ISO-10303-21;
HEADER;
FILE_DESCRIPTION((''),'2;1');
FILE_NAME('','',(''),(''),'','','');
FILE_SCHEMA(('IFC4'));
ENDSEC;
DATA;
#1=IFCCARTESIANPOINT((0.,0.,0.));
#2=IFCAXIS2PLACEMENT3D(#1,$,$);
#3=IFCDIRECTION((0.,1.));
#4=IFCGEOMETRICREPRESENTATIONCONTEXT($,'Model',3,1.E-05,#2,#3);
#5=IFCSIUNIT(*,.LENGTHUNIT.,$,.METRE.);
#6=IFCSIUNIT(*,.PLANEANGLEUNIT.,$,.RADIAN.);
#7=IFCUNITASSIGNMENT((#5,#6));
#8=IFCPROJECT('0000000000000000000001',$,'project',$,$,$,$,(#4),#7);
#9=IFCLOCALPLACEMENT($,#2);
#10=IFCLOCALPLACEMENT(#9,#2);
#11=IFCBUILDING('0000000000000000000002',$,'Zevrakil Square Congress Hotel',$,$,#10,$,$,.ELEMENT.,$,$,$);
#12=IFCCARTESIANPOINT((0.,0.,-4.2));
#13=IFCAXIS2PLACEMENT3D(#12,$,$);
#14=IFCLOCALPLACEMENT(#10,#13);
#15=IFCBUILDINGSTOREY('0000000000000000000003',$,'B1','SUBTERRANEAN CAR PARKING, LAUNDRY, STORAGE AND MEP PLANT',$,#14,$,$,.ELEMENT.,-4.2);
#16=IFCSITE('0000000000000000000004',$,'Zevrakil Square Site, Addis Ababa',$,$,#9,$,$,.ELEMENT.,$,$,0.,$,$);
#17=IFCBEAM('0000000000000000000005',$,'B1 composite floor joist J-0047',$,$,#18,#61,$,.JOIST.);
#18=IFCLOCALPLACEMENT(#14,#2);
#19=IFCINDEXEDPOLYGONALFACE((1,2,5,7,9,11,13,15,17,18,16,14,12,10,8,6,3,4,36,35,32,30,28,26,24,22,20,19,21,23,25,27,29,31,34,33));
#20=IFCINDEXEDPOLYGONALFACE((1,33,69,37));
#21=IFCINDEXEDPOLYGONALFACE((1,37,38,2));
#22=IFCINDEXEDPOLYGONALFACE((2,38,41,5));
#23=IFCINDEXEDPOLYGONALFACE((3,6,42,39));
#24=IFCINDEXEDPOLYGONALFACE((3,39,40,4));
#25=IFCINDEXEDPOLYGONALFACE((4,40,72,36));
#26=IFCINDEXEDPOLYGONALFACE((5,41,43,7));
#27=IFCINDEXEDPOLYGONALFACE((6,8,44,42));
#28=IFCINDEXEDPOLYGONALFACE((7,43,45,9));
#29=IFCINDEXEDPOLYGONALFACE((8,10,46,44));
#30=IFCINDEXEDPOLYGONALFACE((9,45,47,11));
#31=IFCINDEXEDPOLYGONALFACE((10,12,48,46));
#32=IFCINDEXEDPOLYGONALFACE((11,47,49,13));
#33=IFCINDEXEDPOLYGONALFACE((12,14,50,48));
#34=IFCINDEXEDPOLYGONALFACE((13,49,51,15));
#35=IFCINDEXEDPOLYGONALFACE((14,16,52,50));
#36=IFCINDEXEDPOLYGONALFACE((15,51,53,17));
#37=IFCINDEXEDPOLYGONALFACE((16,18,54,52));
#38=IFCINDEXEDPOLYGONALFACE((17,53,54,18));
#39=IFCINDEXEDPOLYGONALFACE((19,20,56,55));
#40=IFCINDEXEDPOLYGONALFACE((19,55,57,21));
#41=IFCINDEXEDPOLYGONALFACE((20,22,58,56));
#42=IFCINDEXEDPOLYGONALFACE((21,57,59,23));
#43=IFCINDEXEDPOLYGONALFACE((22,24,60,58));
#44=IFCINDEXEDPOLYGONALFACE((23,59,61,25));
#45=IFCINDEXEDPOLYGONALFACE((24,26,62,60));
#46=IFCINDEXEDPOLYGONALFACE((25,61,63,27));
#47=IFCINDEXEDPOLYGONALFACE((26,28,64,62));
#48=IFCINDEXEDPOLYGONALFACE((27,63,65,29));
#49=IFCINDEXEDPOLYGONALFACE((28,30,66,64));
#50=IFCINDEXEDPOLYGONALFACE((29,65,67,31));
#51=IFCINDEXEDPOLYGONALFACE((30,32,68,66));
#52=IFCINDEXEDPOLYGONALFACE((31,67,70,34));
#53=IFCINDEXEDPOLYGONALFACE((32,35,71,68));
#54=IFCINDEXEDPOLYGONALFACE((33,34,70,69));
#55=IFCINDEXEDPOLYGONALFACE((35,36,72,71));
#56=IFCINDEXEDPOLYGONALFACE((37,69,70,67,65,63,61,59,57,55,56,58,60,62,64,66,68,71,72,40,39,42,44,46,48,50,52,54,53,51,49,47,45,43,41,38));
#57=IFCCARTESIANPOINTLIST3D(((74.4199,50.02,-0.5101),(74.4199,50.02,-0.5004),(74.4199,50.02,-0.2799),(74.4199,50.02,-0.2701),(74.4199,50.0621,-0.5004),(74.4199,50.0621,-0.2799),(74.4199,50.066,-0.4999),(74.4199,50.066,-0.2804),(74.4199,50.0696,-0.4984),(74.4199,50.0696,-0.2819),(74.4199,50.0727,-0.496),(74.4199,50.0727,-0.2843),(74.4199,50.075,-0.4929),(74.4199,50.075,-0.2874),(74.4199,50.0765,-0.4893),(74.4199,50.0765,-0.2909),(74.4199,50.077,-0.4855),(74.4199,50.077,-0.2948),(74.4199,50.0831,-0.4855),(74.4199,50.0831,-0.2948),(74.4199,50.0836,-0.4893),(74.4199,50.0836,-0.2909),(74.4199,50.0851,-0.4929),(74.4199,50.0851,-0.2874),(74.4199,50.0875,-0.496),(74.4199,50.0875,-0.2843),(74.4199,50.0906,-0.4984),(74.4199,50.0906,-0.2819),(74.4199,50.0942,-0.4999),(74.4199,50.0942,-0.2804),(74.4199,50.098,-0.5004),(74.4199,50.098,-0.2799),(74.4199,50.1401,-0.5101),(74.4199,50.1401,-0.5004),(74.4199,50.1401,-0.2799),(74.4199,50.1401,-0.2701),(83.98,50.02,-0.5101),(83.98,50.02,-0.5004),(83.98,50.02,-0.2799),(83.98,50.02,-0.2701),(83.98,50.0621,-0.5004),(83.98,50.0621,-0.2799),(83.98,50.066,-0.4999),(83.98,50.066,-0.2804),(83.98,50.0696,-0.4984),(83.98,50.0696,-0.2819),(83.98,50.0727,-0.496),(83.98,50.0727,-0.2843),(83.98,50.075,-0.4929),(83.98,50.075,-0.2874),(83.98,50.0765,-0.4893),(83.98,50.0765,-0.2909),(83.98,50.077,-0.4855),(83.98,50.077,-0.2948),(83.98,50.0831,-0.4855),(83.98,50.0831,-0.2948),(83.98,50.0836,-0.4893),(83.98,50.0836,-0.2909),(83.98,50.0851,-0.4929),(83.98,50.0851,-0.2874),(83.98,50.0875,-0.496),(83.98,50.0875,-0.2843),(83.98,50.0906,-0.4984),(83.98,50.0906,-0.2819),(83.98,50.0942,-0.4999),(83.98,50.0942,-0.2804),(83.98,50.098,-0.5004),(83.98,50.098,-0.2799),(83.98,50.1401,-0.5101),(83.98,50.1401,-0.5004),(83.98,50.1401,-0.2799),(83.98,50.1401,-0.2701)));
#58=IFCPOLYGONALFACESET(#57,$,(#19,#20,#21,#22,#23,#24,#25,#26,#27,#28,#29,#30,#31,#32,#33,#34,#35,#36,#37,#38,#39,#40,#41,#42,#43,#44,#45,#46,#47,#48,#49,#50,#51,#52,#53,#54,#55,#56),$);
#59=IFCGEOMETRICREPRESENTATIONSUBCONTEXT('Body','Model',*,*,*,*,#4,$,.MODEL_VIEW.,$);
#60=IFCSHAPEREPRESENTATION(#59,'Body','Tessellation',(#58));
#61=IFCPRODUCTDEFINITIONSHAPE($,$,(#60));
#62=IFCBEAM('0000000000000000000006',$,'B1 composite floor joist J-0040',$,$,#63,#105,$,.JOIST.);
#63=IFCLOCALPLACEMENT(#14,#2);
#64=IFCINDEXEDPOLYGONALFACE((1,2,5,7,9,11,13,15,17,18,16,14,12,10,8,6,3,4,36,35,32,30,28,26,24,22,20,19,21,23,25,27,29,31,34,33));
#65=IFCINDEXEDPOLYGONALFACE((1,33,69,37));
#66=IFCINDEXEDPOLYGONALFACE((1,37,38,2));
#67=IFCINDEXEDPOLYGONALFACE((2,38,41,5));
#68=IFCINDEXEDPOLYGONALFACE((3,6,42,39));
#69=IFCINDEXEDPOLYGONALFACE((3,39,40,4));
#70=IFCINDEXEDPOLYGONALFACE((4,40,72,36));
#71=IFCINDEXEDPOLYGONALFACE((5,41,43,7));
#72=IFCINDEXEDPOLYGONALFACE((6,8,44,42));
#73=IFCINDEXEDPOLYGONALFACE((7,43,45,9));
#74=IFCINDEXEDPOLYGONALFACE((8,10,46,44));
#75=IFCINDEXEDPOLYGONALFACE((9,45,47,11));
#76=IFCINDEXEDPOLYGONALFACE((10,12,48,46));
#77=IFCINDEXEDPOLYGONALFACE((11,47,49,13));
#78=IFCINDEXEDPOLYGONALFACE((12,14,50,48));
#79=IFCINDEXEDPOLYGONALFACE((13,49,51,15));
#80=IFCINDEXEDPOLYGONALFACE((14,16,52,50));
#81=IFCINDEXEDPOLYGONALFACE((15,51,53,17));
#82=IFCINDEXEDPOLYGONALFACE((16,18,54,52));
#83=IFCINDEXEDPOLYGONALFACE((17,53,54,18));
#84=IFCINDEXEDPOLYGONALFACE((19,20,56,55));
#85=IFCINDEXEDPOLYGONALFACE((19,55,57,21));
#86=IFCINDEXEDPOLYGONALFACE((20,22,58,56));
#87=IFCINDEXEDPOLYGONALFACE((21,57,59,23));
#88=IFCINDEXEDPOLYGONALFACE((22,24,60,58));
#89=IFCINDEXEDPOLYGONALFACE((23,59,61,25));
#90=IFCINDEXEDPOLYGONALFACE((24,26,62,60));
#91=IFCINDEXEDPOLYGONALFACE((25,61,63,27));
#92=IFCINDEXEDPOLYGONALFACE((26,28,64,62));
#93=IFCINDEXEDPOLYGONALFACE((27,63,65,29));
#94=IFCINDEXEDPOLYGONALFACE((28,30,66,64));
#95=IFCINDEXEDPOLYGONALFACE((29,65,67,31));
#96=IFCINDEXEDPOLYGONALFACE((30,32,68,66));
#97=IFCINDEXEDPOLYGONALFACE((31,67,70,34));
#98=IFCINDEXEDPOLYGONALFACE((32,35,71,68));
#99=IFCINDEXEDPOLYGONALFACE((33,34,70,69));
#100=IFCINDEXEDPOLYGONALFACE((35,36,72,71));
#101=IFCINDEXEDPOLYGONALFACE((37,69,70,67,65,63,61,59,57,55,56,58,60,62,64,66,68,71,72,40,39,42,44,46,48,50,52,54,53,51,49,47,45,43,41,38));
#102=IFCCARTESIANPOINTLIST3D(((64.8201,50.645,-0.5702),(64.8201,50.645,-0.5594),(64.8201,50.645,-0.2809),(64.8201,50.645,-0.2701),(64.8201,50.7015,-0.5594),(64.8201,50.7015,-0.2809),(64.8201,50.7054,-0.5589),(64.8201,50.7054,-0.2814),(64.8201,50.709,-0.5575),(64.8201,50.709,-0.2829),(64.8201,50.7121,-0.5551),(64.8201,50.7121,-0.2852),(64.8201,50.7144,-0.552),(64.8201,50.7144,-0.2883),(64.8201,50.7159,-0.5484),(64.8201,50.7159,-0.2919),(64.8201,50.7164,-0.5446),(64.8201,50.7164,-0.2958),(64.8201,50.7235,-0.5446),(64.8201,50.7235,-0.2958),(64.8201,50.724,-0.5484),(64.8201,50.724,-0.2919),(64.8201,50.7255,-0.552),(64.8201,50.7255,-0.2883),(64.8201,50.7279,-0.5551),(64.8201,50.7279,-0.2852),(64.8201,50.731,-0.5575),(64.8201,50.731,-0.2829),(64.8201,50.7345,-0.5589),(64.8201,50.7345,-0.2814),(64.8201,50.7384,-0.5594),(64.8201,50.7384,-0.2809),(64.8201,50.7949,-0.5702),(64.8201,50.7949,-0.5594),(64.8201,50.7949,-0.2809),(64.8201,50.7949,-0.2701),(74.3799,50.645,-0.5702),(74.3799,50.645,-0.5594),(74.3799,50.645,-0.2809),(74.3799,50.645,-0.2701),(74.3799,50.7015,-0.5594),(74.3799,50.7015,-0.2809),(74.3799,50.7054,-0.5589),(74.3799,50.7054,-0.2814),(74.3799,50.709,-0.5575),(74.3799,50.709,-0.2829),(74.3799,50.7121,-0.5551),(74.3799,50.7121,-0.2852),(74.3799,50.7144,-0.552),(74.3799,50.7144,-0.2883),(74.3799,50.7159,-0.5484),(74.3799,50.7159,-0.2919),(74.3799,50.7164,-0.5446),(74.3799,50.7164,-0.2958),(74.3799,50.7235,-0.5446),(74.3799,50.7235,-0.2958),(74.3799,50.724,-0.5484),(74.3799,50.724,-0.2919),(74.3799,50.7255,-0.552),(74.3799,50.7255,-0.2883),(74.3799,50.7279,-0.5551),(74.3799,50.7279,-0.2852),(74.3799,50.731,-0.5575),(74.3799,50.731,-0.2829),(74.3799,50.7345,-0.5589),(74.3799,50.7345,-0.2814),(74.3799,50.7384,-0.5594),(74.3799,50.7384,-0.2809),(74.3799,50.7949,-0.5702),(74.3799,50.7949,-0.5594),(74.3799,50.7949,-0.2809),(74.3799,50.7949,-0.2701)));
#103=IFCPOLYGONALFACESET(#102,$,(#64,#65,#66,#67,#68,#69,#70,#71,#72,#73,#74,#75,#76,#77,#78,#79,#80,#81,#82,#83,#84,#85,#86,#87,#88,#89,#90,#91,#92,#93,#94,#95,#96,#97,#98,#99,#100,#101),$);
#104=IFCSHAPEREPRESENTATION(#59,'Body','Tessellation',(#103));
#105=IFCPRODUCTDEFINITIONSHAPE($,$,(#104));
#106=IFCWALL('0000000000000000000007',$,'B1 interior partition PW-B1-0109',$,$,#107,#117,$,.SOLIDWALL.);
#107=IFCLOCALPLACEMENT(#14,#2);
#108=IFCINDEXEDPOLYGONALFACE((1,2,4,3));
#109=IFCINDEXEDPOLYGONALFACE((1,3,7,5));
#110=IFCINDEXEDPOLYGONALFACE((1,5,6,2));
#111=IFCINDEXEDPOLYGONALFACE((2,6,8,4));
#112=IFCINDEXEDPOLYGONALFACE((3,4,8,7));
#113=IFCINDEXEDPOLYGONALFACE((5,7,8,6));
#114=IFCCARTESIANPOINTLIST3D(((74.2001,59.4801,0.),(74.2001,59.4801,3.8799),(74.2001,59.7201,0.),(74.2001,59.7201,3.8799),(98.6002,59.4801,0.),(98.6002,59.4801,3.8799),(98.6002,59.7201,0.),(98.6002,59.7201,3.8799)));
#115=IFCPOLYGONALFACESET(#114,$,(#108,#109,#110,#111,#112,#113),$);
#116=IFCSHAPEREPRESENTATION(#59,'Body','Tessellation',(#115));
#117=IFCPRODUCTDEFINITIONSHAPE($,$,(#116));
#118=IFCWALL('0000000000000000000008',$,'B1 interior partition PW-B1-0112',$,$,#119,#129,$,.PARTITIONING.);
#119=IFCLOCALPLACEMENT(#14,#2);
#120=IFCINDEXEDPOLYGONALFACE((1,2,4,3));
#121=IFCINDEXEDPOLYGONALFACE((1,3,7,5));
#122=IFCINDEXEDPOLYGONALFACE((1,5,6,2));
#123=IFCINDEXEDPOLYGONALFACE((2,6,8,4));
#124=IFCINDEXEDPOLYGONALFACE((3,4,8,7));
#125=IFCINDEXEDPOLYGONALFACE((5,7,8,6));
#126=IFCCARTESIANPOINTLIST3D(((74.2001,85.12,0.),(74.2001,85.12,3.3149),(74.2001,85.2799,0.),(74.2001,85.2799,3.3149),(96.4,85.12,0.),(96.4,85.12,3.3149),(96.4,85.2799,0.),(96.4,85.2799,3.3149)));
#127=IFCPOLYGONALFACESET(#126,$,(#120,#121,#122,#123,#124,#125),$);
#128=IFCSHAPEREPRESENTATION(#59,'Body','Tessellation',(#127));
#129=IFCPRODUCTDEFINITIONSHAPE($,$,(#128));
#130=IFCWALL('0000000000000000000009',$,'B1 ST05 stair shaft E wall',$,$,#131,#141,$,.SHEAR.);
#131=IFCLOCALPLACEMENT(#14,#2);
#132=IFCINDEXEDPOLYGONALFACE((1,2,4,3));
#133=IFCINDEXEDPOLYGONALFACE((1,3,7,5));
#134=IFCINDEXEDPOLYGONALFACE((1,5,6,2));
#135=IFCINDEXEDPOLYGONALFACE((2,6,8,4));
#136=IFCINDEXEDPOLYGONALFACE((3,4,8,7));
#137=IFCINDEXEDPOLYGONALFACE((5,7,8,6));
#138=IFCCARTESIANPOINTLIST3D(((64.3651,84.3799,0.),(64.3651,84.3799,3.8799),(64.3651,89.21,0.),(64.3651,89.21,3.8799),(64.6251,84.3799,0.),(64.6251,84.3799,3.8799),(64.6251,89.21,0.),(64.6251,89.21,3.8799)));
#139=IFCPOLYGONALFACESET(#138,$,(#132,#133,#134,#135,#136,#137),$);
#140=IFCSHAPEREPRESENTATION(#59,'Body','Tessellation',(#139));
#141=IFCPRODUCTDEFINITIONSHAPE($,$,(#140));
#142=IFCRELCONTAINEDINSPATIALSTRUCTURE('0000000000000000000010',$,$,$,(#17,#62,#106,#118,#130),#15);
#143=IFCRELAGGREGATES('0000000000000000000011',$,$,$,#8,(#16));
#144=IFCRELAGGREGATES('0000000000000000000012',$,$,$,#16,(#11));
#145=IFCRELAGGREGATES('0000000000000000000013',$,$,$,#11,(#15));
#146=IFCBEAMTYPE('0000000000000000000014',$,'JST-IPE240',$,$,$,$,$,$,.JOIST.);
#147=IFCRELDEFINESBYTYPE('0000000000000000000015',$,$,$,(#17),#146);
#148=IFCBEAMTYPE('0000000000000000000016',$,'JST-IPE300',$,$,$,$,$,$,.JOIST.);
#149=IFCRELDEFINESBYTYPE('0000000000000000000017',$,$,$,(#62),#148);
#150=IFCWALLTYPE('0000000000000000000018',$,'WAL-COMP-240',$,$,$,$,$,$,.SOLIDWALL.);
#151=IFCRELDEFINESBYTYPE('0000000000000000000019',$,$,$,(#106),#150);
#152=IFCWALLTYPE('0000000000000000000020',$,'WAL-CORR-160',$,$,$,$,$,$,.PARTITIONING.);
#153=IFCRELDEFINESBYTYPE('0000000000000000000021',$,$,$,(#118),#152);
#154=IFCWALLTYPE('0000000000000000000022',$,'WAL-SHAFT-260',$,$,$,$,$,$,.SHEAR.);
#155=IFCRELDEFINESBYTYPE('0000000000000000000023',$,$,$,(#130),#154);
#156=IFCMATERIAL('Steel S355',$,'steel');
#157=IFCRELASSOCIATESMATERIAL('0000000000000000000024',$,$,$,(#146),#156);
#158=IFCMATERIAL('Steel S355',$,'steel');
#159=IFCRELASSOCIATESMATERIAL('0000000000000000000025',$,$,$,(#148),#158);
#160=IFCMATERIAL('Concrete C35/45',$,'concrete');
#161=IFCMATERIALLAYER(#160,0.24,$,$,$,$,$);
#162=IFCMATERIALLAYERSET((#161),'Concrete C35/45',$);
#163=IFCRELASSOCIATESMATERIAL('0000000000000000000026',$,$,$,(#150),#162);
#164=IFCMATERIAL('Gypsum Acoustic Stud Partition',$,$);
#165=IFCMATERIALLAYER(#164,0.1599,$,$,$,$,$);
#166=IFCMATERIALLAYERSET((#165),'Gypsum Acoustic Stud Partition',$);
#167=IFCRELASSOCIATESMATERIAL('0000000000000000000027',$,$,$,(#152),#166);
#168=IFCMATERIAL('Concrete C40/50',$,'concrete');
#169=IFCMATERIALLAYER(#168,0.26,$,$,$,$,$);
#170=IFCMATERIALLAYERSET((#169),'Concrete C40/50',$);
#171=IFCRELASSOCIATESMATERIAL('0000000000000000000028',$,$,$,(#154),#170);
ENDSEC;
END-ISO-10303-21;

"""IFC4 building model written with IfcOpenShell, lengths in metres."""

from ifc_helpers import new_model, si_unit, direction, frame, frame_2d, origin, origin_2d, place, context, subcontext, project, spatial, rectangle, i_section, extrude, material, layer, layer_set, material_profile, profile_set, type_object, element, save


model = new_model("IFC4")

# Units and contexts
model_context = context("Model", 3, precision=1e-05, world=origin(), true_north=direction((0.0, 1.0)))
body_context = subcontext(model_context, "Body", "Model", "MODEL_VIEW")
ifc_project = project(units=[si_unit("LENGTHUNIT", "METRE"), si_unit("PLANEANGLEUNIT", "RADIAN")], contexts=[model_context])

# Site, building, storey
site_placement = place(None, origin())
site = spatial("IfcSite", under=ifc_project, at=site_placement, Name="Zevrakil Square Site, Addis Ababa", CompositionType="ELEMENT", RefElevation=0.0)
building_placement = place(site_placement, origin())
building = spatial("IfcBuilding", under=site, at=building_placement, Name="Zevrakil Square Congress Hotel", CompositionType="ELEMENT")
storey_placement = place(building_placement, frame((0.0, 0.0, -4.2)))
storey = spatial("IfcBuildingStorey", under=building, at=storey_placement, Name="B1", Description="SUBTERRANEAN CAR PARKING, LAUNDRY, STORAGE AND MEP PLANT", CompositionType="ELEMENT", Elevation=-4.2)

# Beams
ifc_material_1 = material(Name="Steel S355", Category="steel")
ifc_material_profile_1 = material_profile(ifc_material_1, i_section(OverallWidth=0.1201, OverallDepth=0.24, WebThickness=0.0061, FlangeThickness=0.0098, FilletRadius=0.0149, at=origin_2d()), Name="IPE 240")
ifc_profile_set_1 = profile_set([ifc_material_profile_1], Name="Steel S355")
beam_type_1 = type_object("IfcBeamType", Name="JST-IPE240", PredefinedType="JOIST", material=ifc_profile_set_1)
beam_1_placement = place(storey_placement, frame((74.4199, 50.0801, -0.3901), z_axis=(1.0, 0.0, 0.0), x_axis=(0.0, 1.0, 0.0)))
element("IfcBeam", 1, at=beam_1_placement, inside=storey, type_object=beam_type_1, Name="B1 composite floor joist J-0047", PredefinedType="JOIST", context=body_context, shape_type="SweptSolid", body=[
    extrude(i_section(OverallWidth=0.1201, OverallDepth=0.24, WebThickness=0.0061, FlangeThickness=0.0098, FilletRadius=0.0149, at=origin_2d()), origin(), (0.0, 0.0, 1.0), 9.5601),
])
ifc_material_2 = material(Name="Steel S355", Category="steel")
ifc_material_profile_2 = material_profile(ifc_material_2, i_section(OverallWidth=0.1499, OverallDepth=0.3, WebThickness=0.0071, FlangeThickness=0.0107, FilletRadius=0.0149, at=origin_2d()), Name="IPE 300")
ifc_profile_set_2 = profile_set([ifc_material_profile_2], Name="Steel S355")
beam_type_2 = type_object("IfcBeamType", Name="JST-IPE300", PredefinedType="JOIST", material=ifc_profile_set_2)
beam_2_placement = place(storey_placement, frame((64.8201, 50.72, -0.4202), z_axis=(1.0, 0.0, 0.0), x_axis=(0.0, 1.0, 0.0)))
element("IfcBeam", 2, at=beam_2_placement, inside=storey, type_object=beam_type_2, Name="B1 composite floor joist J-0040", PredefinedType="JOIST", context=body_context, shape_type="SweptSolid", body=[
    extrude(i_section(OverallWidth=0.1499, OverallDepth=0.3, WebThickness=0.0071, FlangeThickness=0.0107, FilletRadius=0.0149, at=origin_2d()), origin(), (0.0, 0.0, 1.0), 9.5598),
])

# Walls
ifc_material_3 = material(Name="Concrete C35/45", Category="concrete")
ifc_layer_1 = layer(ifc_material_3, 0.24)
ifc_layer_set_1 = layer_set([ifc_layer_1], Name="Concrete C35/45")
wall_type_1 = type_object("IfcWallType", Name="WAL-COMP-240", PredefinedType="SOLIDWALL", material=ifc_layer_set_1)
wall_1_placement = place(storey_placement, frame((74.2, 59.6001, 0.0), z_axis=(0.0, 0.0, 1.0), x_axis=(1.0, 0.0, 0.0)))
element("IfcWall", 3, at=wall_1_placement, inside=storey, type_object=wall_type_1, Name="B1 interior partition PW-B1-0109", PredefinedType="SOLIDWALL", context=body_context, shape_type="SweptSolid", body=[
    extrude(rectangle(XDim=24.4001, YDim=0.24, at=frame_2d((12.2002, 0.0))), origin(), (0.0, 0.0, 1.0), 3.8799),
])
ifc_material_4 = material(Name="Gypsum Acoustic Stud Partition")
ifc_layer_2 = layer(ifc_material_4, 0.1599)
ifc_layer_set_2 = layer_set([ifc_layer_2], Name="Gypsum Acoustic Stud Partition")
wall_type_2 = type_object("IfcWallType", Name="WAL-CORR-160", PredefinedType="PARTITIONING", material=ifc_layer_set_2)
wall_2_placement = place(storey_placement, frame((74.2, 85.2, 0.0), z_axis=(0.0, 0.0, 1.0), x_axis=(1.0, 0.0, 0.0)))
element("IfcWall", 4, at=wall_2_placement, inside=storey, type_object=wall_type_2, Name="B1 interior partition PW-B1-0112", PredefinedType="PARTITIONING", context=body_context, shape_type="SweptSolid", body=[
    extrude(rectangle(XDim=22.2, YDim=0.1599, at=frame_2d((11.1001, 0.0))), origin(), (0.0, 0.0, 1.0), 3.3149),
])
ifc_material_5 = material(Name="Concrete C40/50", Category="concrete")
ifc_layer_3 = layer(ifc_material_5, 0.26)
ifc_layer_set_3 = layer_set([ifc_layer_3], Name="Concrete C40/50")
wall_type_3 = type_object("IfcWallType", Name="WAL-SHAFT-260", PredefinedType="SHEAR", material=ifc_layer_set_3)
wall_3_placement = place(storey_placement, frame((64.4951, 84.3799, 0.0), z_axis=(0.0, 0.0, 1.0), x_axis=(0.0, 1.0, 0.0)))
element("IfcWall", 5, at=wall_3_placement, inside=storey, type_object=wall_type_3, Name="B1 ST05 stair shaft E wall", PredefinedType="SHEAR", context=body_context, shape_type="SweptSolid", body=[
    extrude(rectangle(XDim=4.8301, YDim=0.26, at=frame_2d((2.415, 0.0))), origin(), (0.0, 0.0, 1.0), 3.8799),
])

save(model, "model.ifc")
